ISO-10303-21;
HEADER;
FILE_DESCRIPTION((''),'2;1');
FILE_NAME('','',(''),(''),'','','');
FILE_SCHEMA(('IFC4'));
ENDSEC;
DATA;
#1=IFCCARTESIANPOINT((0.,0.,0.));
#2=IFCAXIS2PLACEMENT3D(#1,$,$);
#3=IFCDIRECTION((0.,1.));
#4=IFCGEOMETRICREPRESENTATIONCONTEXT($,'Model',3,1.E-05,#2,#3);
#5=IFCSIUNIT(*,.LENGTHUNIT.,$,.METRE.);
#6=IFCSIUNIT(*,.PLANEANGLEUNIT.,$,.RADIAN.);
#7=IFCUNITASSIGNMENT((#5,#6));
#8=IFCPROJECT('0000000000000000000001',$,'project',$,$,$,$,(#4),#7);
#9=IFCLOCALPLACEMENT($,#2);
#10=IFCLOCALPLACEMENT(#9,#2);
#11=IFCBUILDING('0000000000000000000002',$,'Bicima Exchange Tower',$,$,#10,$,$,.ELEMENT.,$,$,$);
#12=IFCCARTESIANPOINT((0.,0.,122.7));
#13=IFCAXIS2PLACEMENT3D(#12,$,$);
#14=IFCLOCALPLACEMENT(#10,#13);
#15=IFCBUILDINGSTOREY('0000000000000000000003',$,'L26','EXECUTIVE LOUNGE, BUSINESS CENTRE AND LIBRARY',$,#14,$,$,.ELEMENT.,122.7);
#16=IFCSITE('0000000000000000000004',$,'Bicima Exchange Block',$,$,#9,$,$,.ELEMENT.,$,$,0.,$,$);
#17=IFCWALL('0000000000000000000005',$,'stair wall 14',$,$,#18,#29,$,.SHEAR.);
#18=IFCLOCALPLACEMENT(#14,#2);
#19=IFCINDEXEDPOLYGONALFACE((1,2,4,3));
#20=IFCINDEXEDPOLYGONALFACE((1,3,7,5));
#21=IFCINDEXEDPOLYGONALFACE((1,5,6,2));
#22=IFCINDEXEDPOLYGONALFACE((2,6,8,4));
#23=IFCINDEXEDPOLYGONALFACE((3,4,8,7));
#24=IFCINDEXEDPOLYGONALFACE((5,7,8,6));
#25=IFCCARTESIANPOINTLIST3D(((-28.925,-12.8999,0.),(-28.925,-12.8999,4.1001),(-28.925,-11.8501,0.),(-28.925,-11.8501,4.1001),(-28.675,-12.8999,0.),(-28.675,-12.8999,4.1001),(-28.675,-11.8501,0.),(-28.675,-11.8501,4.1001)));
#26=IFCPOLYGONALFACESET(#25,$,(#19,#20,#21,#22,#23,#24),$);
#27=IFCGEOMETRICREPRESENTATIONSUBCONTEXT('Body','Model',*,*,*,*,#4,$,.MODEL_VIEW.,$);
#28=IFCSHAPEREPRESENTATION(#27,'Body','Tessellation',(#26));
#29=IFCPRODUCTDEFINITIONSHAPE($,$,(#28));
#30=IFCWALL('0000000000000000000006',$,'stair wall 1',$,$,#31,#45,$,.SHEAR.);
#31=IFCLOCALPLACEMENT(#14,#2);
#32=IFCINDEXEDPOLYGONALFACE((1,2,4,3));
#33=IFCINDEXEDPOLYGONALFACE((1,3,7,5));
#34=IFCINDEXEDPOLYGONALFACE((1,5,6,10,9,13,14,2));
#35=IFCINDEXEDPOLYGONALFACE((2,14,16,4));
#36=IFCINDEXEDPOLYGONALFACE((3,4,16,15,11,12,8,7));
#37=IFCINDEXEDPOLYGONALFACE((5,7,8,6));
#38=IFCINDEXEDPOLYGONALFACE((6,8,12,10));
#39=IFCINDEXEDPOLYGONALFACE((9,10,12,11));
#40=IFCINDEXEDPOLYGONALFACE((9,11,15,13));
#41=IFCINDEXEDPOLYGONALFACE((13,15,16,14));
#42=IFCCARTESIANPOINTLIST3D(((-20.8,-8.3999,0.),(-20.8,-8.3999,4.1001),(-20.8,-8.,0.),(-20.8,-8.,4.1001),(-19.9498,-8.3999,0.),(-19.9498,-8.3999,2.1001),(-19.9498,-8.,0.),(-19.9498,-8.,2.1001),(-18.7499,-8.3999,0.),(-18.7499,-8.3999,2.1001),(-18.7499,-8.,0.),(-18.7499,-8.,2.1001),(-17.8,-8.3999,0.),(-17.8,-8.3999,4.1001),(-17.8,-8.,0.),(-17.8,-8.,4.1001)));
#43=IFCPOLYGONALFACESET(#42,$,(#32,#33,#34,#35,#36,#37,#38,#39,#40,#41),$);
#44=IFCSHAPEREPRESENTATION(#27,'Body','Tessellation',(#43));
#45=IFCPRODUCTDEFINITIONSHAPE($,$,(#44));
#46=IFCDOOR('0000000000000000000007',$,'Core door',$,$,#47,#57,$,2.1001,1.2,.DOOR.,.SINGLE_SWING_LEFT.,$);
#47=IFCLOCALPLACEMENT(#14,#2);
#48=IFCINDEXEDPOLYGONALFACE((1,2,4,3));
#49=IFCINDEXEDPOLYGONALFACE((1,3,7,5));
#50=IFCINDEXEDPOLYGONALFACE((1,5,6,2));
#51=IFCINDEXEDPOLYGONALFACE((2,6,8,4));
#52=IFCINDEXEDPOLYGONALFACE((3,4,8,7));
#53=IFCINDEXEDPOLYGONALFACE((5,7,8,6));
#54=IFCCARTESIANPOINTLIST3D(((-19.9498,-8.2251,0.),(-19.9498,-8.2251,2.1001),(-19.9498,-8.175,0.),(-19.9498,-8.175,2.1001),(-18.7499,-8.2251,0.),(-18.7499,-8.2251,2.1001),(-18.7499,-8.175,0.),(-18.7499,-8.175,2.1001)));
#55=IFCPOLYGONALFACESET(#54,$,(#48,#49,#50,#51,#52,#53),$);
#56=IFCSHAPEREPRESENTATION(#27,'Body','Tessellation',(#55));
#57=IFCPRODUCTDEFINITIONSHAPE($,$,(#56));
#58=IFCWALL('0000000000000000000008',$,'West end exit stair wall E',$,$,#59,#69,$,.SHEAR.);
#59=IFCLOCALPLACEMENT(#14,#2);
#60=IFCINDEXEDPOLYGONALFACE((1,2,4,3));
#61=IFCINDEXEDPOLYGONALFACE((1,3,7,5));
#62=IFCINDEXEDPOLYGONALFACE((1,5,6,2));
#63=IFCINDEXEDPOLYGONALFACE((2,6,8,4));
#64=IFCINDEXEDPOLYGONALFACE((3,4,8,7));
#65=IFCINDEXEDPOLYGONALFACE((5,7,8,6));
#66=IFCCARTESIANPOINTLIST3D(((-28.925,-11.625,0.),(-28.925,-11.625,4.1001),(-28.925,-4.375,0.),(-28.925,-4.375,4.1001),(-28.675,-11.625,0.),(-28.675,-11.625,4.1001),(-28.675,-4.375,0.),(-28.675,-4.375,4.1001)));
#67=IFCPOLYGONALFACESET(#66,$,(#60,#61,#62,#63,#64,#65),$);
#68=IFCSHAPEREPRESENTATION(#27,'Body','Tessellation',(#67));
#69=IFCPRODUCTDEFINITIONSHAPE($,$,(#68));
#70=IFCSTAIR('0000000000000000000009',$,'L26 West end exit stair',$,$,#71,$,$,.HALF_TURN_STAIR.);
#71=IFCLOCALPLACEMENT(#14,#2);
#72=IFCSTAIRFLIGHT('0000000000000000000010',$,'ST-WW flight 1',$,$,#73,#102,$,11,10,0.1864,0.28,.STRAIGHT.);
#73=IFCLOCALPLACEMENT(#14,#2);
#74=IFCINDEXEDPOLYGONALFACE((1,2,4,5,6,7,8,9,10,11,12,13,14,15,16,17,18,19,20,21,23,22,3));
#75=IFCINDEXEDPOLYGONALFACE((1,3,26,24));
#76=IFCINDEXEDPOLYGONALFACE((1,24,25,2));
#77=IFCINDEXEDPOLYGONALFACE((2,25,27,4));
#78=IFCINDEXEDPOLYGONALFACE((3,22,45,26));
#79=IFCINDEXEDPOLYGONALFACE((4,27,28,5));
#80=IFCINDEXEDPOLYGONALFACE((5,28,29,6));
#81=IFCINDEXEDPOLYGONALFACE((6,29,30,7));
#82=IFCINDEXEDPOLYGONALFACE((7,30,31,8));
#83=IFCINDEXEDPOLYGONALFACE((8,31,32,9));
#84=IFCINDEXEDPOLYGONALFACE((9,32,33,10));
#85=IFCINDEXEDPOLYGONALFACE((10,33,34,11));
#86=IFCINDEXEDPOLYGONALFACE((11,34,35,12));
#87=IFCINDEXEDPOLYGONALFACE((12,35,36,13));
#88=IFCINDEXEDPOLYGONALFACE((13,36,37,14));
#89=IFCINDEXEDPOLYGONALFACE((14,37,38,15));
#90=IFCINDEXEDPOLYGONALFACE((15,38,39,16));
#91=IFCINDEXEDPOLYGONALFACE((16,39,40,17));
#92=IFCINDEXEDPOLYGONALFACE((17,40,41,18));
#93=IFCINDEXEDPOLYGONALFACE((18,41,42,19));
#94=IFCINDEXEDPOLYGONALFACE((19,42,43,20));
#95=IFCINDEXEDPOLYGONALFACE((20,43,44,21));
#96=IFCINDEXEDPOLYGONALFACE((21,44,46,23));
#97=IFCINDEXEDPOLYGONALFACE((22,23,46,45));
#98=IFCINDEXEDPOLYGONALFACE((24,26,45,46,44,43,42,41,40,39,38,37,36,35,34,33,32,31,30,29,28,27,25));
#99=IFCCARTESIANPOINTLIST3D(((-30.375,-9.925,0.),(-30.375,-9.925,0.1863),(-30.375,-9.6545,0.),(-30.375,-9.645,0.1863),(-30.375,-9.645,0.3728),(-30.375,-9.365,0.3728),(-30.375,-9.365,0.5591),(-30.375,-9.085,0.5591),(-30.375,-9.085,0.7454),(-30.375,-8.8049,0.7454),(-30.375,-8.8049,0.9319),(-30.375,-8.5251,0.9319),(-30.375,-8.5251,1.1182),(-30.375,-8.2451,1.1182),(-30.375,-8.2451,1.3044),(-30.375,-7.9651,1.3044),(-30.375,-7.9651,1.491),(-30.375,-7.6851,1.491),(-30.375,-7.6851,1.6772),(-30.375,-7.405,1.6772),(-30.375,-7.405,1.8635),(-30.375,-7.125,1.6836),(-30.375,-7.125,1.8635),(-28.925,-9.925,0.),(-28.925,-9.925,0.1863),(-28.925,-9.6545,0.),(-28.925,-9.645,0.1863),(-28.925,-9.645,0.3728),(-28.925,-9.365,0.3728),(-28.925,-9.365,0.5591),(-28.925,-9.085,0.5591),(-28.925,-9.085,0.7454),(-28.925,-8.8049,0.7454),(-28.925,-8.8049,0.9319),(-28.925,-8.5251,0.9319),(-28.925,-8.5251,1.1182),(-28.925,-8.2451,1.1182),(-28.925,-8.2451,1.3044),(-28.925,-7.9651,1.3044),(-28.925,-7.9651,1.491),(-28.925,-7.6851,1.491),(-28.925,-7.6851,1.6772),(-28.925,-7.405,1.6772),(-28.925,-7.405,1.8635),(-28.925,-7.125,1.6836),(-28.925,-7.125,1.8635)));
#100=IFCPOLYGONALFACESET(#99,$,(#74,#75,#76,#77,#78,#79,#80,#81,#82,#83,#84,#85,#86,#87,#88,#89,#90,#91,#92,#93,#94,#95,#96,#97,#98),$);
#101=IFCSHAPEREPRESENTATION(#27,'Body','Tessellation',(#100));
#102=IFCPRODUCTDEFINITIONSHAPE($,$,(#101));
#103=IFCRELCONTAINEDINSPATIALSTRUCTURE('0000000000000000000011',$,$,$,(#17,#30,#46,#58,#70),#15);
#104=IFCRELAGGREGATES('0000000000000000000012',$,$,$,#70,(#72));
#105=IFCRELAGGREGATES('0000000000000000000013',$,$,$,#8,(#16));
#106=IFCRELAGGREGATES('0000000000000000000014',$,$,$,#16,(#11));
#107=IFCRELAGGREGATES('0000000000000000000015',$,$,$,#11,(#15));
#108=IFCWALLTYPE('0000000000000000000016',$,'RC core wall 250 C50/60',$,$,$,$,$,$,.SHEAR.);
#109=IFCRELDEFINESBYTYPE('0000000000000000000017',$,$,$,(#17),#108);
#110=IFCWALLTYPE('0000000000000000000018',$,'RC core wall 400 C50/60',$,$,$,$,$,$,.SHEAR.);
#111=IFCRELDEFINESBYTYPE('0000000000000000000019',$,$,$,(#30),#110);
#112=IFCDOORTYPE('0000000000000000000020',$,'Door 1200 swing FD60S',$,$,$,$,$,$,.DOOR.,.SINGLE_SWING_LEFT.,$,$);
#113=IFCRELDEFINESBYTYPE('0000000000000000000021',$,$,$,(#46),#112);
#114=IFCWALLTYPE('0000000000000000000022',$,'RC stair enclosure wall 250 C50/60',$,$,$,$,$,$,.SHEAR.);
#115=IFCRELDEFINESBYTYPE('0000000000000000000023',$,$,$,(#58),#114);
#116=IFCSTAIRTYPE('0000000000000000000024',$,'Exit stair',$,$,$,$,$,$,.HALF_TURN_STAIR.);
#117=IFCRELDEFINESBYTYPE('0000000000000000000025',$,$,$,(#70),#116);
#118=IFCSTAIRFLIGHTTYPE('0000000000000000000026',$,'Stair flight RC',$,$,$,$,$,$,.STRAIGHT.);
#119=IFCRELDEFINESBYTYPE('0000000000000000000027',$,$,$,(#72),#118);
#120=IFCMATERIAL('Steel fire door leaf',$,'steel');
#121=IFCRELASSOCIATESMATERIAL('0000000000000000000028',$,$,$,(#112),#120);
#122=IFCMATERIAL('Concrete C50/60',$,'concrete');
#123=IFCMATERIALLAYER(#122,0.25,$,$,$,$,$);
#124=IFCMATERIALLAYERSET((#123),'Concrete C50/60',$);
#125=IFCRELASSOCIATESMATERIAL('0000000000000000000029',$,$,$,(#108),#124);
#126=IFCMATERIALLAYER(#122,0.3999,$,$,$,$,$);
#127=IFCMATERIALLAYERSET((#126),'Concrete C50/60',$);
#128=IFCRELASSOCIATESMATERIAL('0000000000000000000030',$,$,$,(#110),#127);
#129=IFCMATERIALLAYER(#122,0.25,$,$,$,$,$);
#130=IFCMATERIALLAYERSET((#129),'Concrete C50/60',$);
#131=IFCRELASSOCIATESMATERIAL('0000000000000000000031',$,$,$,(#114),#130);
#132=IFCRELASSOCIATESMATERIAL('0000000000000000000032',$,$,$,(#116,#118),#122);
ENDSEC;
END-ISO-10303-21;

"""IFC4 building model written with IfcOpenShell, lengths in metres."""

from ifc_helpers import new_model, si_unit, direction, frame, frame_2d, origin, place, context, subcontext, project, spatial, polyline, rectangle, outline, extrude, material, layer, layer_set, type_object, element, fill, aggregate, save


model = new_model("IFC4")

# Units and contexts
model_context = context("Model", 3, precision=1e-05, world=origin(), true_north=direction((0.0, 1.0)))
body_context = subcontext(model_context, "Body", "Model", "MODEL_VIEW")
ifc_project = project(units=[si_unit("LENGTHUNIT", "METRE"), si_unit("PLANEANGLEUNIT", "RADIAN")], contexts=[model_context])

# Site, building, storey
site_placement = place(None, origin())
site = spatial("IfcSite", under=ifc_project, at=site_placement, Name="Bicima Exchange Block", CompositionType="ELEMENT", RefElevation=0.0)
building_placement = place(site_placement, origin())
building = spatial("IfcBuilding", under=site, at=building_placement, Name="Bicima Exchange Tower", CompositionType="ELEMENT")
storey_placement = place(building_placement, frame((0.0, 0.0, 122.7)))
storey = spatial("IfcBuildingStorey", under=building, at=storey_placement, Name="L26", Description="EXECUTIVE LOUNGE, BUSINESS CENTRE AND LIBRARY", CompositionType="ELEMENT", Elevation=122.7)

# Shared definitions
ifc_material_1 = material(Name="Steel fire door leaf", Category="steel")

# Shared definitions
door_type_1 = type_object("IfcDoorType", Name="Door 1200 swing FD60S", OperationType="SINGLE_SWING_LEFT", PredefinedType="DOOR", material=ifc_material_1)

# Wall
ifc_material_2 = material(Name="Concrete C50/60", Category="concrete")
ifc_layer_1 = layer(ifc_material_2, 0.25)
ifc_layer_set_1 = layer_set([ifc_layer_1], Name="Concrete C50/60")
wall_type_1 = type_object("IfcWallType", Name="RC core wall 250 C50/60", PredefinedType="SHEAR", material=ifc_layer_set_1)
wall_1_placement = place(storey_placement, frame((-28.8, -12.8999, 0.0), z_axis=(0.0, 0.0, 1.0), x_axis=(0.0, 1.0, 0.0)))
element("IfcWall", 1, at=wall_1_placement, inside=storey, type_object=wall_type_1, Name="stair wall 14", PredefinedType="SHEAR", context=body_context, shape_type="SweptSolid", body=[
    extrude(rectangle(XDim=1.0498, YDim=0.25, at=frame_2d((0.5249, 0.0))), origin(), (0.0, 0.0, 1.0), 4.1001),
])

# Wall, opening, door
ifc_layer_2 = layer(ifc_material_2, 0.3999)
ifc_layer_set_2 = layer_set([ifc_layer_2], Name="Concrete C50/60")
wall_type_2 = type_object("IfcWallType", Name="RC core wall 400 C50/60", PredefinedType="SHEAR", material=ifc_layer_set_2)
wall_2_placement = place(storey_placement, frame((-20.8, -8.2, 0.0), z_axis=(0.0, 0.0, 1.0), x_axis=(1.0, 0.0, 0.0)))
wall_2 = element("IfcWall", 2, at=wall_2_placement, inside=storey, type_object=wall_type_2, Name="stair wall 1", PredefinedType="SHEAR", context=body_context, shape_type="SweptSolid", body=[
    extrude(rectangle(XDim=3.0, YDim=0.3999, at=frame_2d((1.5, 0.0))), origin(), (0.0, 0.0, 1.0), 4.1001),
])
opening_1_placement = place(wall_2_placement, frame((0.8501, 0.0, 0.0)))
opening_1 = element("IfcOpeningElement", 3, at=opening_1_placement, cuts=wall_2, PredefinedType="OPENING", context=body_context, shape_type="SweptSolid", body=[
    extrude(rectangle(XDim=1.2, YDim=2.1001, at=frame_2d((0.6001, 1.05))), frame((0.0, 0.2119, 0.0), z_axis=(0.0, -1.0, 0.0), x_axis=(1.0, 0.0, 0.0)), (0.0, 0.0, 1.0), 0.4238),
])
door_1_placement = place(opening_1_placement, origin())
door_1 = element("IfcDoor", 4, at=door_1_placement, inside=storey, type_object=door_type_1, Name="Core door", OperationType="SINGLE_SWING_LEFT", OverallHeight=2.1001, OverallWidth=1.2, PredefinedType="DOOR", context=body_context, shape_type="SweptSolid", body=[
    extrude(rectangle(XDim=1.2, YDim=2.1001, at=frame_2d((0.6001, 1.05))), frame((0.0, 0.0249, 0.0), z_axis=(0.0, -1.0, 0.0), x_axis=(1.0, 0.0, 0.0)), (0.0, 0.0, 1.0), 0.05),
])
fill(opening_1, door_1)

# Wall
ifc_layer_3 = layer(ifc_material_2, 0.25)
ifc_layer_set_3 = layer_set([ifc_layer_3], Name="Concrete C50/60")
wall_type_3 = type_object("IfcWallType", Name="RC stair enclosure wall 250 C50/60", PredefinedType="SHEAR", material=ifc_layer_set_3)
wall_3_placement = place(storey_placement, frame((-28.8, -11.625, 0.0), z_axis=(0.0, 0.0, 1.0), x_axis=(0.0, 1.0, 0.0)))
element("IfcWall", 5, at=wall_3_placement, inside=storey, type_object=wall_type_3, Name="West end exit stair wall E", PredefinedType="SHEAR", context=body_context, shape_type="SweptSolid", body=[
    extrude(rectangle(XDim=7.25, YDim=0.25, at=frame_2d((3.625, 0.0))), origin(), (0.0, 0.0, 1.0), 4.1001),
])

# Stair, stair flight
stair_type = type_object("IfcStairType", Name="Exit stair", PredefinedType="HALF_TURN_STAIR", material=ifc_material_2)
stair_placement = place(storey_placement, origin())
stair = element("IfcStair", 6, at=stair_placement, inside=storey, type_object=stair_type, Name="L26 West end exit stair", PredefinedType="HALF_TURN_STAIR")
stair_flight_type = type_object("IfcStairFlightType", Name="Stair flight RC", PredefinedType="STRAIGHT", material=ifc_material_2)
stair_flight_placement = place(storey_placement, frame((-29.6499, -9.925, 0.0), z_axis=(0.0, 0.0, 1.0), x_axis=(0.0, 1.0, 0.0)))
stair_flight = element("IfcStairFlight", 7, at=stair_flight_placement, type_object=stair_flight_type, Name="ST-WW flight 1", NumberOfRisers=11, NumberOfTreads=10, PredefinedType="STRAIGHT", RiserHeight=0.1864, TreadLength=0.28, context=body_context, shape_type="SweptSolid", body=[
    extrude(outline(polyline([(0.0, 0.0), (0.0, 0.1863), (0.28, 0.1863), (0.28, 0.3728), (0.5601, 0.3728), (0.5601, 0.5591), (0.8401, 0.5591), (0.8401, 0.7454), (1.1201, 0.7454), (1.1201, 0.9319), (1.3999, 0.9319), (1.3999, 1.1182), (1.6799, 1.1182), (1.6799, 1.3044), (1.96, 1.3044), (1.96, 1.491), (2.24, 1.491), (2.24, 1.6772), (2.52, 1.6772), (2.52, 1.8635), (2.8, 1.8635), (2.8, 2.05), (2.8, 1.6836), (0.2705, 0.0), (0.0, 0.0)])), frame((0.0, 0.7251, 0.0), z_axis=(0.0, -1.0, 0.0), x_axis=(1.0, 0.0, 0.0)), (0.0, 0.0, 1.0), 1.45),
])
aggregate(stair, [stair_flight])

save(model, "model.ifc")
